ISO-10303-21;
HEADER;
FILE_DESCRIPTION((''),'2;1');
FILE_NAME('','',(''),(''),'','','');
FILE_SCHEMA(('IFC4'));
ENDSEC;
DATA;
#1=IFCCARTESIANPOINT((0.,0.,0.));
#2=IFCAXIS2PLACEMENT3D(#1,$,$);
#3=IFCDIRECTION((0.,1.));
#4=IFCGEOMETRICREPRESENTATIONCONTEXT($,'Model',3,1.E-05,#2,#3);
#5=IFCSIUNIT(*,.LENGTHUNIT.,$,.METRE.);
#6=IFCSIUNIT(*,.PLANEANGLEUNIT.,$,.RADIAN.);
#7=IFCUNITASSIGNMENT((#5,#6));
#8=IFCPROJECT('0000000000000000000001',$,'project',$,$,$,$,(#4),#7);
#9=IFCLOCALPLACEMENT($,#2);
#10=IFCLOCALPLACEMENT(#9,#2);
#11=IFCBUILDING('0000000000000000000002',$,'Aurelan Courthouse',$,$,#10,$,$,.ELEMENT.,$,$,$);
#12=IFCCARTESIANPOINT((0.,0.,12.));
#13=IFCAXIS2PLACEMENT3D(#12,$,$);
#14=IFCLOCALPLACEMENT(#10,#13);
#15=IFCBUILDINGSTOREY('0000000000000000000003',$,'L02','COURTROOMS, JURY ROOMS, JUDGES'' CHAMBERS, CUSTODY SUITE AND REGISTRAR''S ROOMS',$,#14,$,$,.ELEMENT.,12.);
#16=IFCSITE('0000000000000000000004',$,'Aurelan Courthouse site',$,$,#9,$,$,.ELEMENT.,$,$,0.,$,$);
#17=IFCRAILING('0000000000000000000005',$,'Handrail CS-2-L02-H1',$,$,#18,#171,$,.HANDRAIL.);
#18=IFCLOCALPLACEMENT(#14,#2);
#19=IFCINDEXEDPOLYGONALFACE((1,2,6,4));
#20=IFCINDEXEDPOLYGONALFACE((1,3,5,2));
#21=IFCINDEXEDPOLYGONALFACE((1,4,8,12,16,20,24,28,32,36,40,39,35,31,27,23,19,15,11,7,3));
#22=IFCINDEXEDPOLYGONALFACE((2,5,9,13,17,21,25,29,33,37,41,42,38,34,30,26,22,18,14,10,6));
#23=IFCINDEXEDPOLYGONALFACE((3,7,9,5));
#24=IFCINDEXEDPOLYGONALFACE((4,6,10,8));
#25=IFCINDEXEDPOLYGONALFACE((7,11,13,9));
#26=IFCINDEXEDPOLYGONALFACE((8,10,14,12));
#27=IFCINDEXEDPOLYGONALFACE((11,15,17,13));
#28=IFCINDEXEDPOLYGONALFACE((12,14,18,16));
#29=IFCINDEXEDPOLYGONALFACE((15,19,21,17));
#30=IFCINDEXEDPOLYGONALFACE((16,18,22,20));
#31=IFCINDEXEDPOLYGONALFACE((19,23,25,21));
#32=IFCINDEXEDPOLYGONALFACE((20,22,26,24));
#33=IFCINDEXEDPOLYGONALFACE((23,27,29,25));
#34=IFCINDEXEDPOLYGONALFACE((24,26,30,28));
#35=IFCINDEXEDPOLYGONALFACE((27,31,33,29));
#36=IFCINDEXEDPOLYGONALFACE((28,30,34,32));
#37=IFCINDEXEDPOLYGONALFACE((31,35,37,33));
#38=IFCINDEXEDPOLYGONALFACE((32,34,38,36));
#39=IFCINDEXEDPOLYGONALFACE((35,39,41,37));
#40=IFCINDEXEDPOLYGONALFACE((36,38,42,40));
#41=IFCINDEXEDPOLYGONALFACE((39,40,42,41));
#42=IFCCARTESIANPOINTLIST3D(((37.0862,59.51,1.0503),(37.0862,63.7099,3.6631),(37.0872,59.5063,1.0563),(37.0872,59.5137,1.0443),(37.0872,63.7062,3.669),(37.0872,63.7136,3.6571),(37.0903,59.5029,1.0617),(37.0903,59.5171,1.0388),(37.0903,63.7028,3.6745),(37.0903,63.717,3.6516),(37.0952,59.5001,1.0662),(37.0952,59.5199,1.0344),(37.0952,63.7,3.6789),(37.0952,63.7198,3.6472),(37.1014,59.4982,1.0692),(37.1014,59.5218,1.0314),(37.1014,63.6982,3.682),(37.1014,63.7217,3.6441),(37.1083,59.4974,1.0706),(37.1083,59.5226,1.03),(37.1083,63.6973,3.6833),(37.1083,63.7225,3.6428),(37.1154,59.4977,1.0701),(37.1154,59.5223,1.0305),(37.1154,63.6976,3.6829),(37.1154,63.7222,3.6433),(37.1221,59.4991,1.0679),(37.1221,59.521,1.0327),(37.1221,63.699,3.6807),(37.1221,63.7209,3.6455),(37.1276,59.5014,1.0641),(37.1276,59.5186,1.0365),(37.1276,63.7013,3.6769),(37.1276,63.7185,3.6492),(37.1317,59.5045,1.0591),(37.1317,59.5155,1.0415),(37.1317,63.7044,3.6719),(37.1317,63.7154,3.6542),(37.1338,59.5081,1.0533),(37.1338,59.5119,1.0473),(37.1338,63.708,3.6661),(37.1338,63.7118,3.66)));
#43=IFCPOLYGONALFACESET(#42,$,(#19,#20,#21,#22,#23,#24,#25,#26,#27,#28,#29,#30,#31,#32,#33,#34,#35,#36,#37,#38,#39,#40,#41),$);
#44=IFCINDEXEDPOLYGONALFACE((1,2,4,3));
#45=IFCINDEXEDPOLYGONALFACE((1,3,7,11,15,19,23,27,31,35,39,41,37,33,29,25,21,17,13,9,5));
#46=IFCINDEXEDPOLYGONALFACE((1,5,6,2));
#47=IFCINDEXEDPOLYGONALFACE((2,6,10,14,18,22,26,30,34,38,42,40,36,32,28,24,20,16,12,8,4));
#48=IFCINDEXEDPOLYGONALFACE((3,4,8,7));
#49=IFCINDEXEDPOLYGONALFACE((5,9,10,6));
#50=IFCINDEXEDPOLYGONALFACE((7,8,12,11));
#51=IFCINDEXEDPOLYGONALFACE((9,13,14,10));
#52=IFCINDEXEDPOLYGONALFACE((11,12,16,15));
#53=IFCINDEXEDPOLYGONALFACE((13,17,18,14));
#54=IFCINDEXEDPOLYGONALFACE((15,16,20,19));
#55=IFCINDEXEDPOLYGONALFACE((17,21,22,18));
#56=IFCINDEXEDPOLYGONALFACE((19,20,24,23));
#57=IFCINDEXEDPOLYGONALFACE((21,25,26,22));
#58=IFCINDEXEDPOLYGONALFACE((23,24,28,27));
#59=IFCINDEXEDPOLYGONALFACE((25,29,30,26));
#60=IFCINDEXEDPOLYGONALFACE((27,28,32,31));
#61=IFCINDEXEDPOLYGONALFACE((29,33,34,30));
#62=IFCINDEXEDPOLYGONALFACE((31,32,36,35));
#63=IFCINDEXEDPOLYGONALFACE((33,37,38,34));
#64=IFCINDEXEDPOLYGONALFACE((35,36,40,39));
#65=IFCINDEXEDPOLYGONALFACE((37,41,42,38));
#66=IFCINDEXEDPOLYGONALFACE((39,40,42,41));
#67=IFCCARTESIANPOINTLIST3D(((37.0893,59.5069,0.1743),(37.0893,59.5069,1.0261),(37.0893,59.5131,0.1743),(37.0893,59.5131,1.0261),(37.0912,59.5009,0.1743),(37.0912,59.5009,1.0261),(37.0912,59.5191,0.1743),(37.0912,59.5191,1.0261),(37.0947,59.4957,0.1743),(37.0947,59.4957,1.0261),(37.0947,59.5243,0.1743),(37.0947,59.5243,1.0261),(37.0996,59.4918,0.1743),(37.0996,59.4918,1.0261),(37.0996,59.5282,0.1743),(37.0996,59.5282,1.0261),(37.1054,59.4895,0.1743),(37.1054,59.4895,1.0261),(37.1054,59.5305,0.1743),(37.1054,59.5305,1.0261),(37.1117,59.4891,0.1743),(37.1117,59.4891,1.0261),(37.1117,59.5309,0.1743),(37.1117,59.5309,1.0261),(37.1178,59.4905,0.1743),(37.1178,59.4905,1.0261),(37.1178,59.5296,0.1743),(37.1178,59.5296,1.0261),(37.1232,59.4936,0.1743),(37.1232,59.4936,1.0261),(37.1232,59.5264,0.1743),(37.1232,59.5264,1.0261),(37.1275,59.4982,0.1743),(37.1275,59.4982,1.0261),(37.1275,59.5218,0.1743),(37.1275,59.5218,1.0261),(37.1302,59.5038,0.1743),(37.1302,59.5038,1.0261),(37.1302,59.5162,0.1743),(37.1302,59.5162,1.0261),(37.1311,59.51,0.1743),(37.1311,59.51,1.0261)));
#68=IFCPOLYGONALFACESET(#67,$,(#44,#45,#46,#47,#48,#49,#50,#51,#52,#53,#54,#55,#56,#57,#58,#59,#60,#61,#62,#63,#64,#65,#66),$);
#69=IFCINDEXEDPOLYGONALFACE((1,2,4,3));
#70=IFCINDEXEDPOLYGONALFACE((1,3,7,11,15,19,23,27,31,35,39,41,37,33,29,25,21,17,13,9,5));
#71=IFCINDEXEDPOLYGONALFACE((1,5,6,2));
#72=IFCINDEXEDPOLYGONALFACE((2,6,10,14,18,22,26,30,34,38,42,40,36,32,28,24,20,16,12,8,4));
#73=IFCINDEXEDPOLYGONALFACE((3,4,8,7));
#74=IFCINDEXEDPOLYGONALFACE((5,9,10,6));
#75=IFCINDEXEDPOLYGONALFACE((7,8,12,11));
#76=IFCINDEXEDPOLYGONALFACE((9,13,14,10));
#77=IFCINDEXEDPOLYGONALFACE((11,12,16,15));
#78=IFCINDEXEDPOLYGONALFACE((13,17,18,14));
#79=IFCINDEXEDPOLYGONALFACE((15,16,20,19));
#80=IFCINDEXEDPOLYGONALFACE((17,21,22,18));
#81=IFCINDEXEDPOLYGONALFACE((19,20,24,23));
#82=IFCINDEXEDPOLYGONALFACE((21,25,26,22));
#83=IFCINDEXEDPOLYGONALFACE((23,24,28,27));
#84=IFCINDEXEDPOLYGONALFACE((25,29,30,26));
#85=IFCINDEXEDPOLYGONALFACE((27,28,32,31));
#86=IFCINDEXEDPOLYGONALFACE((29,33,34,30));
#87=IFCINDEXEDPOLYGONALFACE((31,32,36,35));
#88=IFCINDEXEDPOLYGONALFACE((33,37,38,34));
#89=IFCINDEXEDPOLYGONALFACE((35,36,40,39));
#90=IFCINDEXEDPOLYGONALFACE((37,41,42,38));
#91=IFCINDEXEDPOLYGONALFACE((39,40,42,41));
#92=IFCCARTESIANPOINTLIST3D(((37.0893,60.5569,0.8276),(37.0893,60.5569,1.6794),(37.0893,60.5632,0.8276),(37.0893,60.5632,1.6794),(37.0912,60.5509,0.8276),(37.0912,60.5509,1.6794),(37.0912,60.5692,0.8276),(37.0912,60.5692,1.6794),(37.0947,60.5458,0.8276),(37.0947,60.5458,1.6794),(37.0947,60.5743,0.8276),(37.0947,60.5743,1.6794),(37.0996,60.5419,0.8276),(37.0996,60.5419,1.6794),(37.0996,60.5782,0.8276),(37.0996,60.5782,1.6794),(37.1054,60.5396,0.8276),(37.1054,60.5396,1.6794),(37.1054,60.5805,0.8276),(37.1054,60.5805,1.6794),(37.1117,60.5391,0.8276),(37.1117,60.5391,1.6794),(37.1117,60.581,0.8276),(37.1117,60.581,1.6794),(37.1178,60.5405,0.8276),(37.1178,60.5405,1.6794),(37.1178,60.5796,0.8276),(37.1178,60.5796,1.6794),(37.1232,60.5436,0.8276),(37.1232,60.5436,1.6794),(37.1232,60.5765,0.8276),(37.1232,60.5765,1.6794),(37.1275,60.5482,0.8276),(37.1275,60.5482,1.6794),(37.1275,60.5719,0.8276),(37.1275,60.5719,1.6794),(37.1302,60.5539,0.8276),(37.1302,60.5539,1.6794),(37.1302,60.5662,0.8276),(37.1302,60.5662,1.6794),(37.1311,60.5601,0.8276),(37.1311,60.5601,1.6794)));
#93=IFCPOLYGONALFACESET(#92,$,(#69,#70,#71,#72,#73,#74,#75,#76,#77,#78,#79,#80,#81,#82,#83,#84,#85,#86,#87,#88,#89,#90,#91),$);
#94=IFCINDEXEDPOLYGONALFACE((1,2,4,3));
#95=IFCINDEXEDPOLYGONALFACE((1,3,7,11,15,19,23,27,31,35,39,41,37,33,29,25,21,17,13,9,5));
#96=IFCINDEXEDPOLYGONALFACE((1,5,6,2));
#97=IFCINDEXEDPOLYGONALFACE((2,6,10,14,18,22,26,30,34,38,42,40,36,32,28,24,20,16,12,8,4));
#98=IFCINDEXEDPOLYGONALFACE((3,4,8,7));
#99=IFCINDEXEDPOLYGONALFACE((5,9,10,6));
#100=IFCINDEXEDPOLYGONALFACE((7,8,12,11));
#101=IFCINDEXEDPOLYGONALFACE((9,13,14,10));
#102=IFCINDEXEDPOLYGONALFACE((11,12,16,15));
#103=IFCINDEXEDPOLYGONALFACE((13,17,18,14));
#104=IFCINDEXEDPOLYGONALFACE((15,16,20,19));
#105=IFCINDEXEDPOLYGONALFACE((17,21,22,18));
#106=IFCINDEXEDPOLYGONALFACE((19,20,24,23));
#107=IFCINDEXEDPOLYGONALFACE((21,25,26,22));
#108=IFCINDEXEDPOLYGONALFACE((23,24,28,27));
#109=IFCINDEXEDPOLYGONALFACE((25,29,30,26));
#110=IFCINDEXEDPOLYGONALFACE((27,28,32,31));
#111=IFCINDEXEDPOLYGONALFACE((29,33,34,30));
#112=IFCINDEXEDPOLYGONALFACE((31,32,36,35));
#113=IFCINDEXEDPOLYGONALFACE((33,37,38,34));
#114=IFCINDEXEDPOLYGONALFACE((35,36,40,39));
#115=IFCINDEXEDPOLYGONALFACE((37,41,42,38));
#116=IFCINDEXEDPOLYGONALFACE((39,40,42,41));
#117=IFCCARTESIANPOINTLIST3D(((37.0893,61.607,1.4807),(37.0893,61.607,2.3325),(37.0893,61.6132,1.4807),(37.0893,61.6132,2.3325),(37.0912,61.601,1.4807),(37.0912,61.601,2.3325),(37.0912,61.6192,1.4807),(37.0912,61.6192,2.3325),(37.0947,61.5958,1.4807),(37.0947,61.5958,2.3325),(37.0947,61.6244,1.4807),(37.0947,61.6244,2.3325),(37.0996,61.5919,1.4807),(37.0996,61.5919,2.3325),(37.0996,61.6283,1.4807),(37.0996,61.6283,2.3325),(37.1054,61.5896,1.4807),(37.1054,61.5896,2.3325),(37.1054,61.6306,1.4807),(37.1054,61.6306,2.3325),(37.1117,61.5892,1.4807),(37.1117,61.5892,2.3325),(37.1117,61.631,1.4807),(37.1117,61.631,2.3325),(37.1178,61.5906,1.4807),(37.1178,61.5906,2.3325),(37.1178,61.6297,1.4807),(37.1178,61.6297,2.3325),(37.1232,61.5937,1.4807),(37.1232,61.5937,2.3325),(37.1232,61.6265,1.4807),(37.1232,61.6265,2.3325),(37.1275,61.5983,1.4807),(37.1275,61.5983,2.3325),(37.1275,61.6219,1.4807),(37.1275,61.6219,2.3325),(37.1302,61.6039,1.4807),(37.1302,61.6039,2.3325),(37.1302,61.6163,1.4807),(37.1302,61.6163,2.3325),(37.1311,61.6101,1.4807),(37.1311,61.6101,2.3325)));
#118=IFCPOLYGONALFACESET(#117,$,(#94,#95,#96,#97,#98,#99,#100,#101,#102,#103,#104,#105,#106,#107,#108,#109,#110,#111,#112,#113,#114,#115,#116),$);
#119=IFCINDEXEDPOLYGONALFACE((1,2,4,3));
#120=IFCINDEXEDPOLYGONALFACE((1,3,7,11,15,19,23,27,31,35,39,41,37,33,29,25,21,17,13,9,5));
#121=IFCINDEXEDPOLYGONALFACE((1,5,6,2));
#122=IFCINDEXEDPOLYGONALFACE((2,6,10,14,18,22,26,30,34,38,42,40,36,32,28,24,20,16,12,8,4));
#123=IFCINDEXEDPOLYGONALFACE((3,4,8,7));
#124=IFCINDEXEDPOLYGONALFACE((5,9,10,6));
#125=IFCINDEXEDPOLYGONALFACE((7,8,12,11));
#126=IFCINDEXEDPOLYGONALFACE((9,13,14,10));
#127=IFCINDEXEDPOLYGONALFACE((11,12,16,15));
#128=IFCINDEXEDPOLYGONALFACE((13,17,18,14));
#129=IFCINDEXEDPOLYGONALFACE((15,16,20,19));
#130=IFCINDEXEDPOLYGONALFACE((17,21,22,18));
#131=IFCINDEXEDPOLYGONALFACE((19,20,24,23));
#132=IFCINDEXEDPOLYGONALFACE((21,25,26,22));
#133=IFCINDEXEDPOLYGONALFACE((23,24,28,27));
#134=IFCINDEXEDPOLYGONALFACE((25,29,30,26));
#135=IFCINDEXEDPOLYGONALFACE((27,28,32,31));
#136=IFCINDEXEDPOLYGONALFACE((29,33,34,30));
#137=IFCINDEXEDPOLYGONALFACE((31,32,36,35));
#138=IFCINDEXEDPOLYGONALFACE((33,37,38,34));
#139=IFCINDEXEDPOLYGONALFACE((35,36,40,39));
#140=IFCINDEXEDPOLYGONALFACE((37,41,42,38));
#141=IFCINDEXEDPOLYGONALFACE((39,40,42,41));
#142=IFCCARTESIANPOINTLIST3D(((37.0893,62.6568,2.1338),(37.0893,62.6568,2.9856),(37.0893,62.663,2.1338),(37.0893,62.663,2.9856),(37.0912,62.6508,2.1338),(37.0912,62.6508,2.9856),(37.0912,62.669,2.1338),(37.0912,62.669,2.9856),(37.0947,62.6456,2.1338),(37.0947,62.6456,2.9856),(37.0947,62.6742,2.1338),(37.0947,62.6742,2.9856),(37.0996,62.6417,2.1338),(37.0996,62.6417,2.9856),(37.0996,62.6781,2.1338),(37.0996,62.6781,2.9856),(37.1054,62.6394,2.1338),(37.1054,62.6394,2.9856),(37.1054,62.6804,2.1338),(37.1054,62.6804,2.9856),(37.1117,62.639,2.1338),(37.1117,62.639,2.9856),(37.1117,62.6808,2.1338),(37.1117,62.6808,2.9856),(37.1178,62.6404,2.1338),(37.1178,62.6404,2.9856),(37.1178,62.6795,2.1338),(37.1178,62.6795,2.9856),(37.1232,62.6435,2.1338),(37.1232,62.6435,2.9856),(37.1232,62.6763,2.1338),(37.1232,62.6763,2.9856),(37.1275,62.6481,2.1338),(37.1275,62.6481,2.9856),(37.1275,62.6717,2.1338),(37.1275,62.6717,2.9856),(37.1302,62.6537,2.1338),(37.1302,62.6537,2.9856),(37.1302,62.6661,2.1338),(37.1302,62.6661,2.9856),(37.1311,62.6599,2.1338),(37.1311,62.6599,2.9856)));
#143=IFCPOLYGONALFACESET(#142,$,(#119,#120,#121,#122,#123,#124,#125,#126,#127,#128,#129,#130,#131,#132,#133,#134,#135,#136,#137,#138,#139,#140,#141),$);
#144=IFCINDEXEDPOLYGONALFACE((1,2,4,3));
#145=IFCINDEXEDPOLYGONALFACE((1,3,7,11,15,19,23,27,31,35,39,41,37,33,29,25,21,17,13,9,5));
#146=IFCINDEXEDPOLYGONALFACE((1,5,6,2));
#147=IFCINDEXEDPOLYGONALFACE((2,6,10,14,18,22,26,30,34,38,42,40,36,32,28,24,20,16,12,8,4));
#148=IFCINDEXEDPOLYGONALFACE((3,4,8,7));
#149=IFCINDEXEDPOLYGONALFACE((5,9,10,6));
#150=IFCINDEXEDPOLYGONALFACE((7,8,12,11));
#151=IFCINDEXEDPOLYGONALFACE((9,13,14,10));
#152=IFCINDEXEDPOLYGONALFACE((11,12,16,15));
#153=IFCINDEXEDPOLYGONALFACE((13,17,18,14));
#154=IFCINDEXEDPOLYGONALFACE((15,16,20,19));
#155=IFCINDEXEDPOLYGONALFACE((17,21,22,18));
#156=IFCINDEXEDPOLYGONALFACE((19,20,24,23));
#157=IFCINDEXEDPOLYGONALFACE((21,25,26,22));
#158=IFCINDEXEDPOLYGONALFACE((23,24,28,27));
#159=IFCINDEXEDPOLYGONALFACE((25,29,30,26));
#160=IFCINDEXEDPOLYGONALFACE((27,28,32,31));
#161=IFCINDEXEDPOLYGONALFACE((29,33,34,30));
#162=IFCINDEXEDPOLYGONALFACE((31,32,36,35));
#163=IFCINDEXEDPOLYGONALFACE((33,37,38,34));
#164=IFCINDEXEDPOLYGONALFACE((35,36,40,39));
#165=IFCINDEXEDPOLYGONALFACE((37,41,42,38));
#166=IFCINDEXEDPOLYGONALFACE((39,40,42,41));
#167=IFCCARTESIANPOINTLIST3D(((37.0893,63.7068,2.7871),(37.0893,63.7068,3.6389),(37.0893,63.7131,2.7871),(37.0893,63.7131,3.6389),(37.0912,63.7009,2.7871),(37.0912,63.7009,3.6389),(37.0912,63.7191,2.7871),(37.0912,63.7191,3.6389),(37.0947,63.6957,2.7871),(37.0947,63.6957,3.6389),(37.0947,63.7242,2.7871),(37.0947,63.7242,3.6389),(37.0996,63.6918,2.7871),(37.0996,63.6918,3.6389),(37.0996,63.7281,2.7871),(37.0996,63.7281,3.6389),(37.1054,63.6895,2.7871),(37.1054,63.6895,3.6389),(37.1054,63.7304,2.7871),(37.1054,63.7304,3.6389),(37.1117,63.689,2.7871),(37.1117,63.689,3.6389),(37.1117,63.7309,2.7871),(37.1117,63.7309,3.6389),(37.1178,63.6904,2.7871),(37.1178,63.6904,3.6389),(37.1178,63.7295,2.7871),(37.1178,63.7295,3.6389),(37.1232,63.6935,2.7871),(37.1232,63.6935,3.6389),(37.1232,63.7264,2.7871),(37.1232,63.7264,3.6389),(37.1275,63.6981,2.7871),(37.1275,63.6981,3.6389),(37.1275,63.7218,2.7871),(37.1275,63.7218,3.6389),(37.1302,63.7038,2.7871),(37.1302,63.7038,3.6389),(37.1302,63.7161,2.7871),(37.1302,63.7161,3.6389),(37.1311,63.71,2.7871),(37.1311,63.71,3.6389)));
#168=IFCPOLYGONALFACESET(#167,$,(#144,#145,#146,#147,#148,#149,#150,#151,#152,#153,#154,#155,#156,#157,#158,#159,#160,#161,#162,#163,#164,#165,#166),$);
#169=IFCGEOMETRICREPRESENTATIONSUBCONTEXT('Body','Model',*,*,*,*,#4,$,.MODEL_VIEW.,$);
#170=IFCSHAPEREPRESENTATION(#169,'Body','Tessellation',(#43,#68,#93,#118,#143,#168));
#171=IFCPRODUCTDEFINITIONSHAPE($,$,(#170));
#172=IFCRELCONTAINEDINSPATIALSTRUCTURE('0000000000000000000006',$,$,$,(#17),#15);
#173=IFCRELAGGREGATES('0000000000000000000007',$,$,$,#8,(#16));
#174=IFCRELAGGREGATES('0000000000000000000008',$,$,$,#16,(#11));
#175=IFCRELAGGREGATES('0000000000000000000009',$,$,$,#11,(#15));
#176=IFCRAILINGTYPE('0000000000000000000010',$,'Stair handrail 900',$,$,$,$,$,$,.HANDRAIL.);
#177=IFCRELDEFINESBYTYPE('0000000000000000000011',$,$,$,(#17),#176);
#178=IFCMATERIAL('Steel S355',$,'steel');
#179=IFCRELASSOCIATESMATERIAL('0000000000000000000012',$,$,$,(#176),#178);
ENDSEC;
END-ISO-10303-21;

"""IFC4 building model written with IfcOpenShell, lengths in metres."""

from ifc_helpers import new_model, si_unit, direction, frame, origin, origin_2d, place, context, subcontext, project, spatial, circle, extrude, material, type_object, element, save


model = new_model("IFC4")

# Units and contexts
model_context = context("Model", 3, precision=1e-05, world=origin(), true_north=direction((0.0, 1.0)))
body_context = subcontext(model_context, "Body", "Model", "MODEL_VIEW")
ifc_project = project(units=[si_unit("LENGTHUNIT", "METRE"), si_unit("PLANEANGLEUNIT", "RADIAN")], contexts=[model_context])

# Site, building, storey
site_placement = place(None, origin())
site = spatial("IfcSite", under=ifc_project, at=site_placement, Name="Aurelan Courthouse site", CompositionType="ELEMENT", RefElevation=0.0)
building_placement = place(site_placement, origin())
building = spatial("IfcBuilding", under=site, at=building_placement, Name="Aurelan Courthouse", CompositionType="ELEMENT")
storey_placement = place(building_placement, frame((0.0, 0.0, 12.0)))
storey = spatial("IfcBuildingStorey", under=building, at=storey_placement, Name="L02", Description="COURTROOMS, JURY ROOMS, JUDGES' CHAMBERS, CUSTODY SUITE AND REGISTRAR'S ROOMS", CompositionType="ELEMENT", Elevation=12.0)

# Railing
ifc_material_1 = material(Name="Steel S355", Category="steel")
railing_type = type_object("IfcRailingType", Name="Stair handrail 900", PredefinedType="HANDRAIL", material=ifc_material_1)
for number, where, name in (
    (1, (37.1101, 59.51, 0.1743), "Handrail CS-2-L02-H1"),
):
    element("IfcRailing", number, at=place(storey_placement, frame(where)), inside=storey, type_object=railing_type, Name=name, PredefinedType="HANDRAIL", context=body_context, shape_type="SweptSolid", body=[
        extrude(circle(Radius=0.0239, at=origin_2d()), frame((0.0, 0.0, 0.876), z_axis=(0.0, 0.849103, 0.528228), x_axis=(-1.0, 0.0, 0.0)), (0.0, 0.0, 1.0), 4.9463),
        extrude(circle(Radius=0.021, at=origin_2d()), origin(), (0.0, 0.0, 1.0), 0.8518),
        extrude(circle(Radius=0.021, at=origin_2d()), frame((0.0, 1.05, 0.6533)), (0.0, 0.0, 1.0), 0.8518),
        extrude(circle(Radius=0.021, at=origin_2d()), frame((0.0, 2.1001, 1.3064)), (0.0, 0.0, 1.0), 0.8518),
        extrude(circle(Radius=0.021, at=origin_2d()), frame((0.0, 3.1499, 1.9595)), (0.0, 0.0, 1.0), 0.8518),
        extrude(circle(Radius=0.021, at=origin_2d()), frame((0.0, 4.2, 2.6128)), (0.0, 0.0, 1.0), 0.8518),
    ])

save(model, "model.ifc")
